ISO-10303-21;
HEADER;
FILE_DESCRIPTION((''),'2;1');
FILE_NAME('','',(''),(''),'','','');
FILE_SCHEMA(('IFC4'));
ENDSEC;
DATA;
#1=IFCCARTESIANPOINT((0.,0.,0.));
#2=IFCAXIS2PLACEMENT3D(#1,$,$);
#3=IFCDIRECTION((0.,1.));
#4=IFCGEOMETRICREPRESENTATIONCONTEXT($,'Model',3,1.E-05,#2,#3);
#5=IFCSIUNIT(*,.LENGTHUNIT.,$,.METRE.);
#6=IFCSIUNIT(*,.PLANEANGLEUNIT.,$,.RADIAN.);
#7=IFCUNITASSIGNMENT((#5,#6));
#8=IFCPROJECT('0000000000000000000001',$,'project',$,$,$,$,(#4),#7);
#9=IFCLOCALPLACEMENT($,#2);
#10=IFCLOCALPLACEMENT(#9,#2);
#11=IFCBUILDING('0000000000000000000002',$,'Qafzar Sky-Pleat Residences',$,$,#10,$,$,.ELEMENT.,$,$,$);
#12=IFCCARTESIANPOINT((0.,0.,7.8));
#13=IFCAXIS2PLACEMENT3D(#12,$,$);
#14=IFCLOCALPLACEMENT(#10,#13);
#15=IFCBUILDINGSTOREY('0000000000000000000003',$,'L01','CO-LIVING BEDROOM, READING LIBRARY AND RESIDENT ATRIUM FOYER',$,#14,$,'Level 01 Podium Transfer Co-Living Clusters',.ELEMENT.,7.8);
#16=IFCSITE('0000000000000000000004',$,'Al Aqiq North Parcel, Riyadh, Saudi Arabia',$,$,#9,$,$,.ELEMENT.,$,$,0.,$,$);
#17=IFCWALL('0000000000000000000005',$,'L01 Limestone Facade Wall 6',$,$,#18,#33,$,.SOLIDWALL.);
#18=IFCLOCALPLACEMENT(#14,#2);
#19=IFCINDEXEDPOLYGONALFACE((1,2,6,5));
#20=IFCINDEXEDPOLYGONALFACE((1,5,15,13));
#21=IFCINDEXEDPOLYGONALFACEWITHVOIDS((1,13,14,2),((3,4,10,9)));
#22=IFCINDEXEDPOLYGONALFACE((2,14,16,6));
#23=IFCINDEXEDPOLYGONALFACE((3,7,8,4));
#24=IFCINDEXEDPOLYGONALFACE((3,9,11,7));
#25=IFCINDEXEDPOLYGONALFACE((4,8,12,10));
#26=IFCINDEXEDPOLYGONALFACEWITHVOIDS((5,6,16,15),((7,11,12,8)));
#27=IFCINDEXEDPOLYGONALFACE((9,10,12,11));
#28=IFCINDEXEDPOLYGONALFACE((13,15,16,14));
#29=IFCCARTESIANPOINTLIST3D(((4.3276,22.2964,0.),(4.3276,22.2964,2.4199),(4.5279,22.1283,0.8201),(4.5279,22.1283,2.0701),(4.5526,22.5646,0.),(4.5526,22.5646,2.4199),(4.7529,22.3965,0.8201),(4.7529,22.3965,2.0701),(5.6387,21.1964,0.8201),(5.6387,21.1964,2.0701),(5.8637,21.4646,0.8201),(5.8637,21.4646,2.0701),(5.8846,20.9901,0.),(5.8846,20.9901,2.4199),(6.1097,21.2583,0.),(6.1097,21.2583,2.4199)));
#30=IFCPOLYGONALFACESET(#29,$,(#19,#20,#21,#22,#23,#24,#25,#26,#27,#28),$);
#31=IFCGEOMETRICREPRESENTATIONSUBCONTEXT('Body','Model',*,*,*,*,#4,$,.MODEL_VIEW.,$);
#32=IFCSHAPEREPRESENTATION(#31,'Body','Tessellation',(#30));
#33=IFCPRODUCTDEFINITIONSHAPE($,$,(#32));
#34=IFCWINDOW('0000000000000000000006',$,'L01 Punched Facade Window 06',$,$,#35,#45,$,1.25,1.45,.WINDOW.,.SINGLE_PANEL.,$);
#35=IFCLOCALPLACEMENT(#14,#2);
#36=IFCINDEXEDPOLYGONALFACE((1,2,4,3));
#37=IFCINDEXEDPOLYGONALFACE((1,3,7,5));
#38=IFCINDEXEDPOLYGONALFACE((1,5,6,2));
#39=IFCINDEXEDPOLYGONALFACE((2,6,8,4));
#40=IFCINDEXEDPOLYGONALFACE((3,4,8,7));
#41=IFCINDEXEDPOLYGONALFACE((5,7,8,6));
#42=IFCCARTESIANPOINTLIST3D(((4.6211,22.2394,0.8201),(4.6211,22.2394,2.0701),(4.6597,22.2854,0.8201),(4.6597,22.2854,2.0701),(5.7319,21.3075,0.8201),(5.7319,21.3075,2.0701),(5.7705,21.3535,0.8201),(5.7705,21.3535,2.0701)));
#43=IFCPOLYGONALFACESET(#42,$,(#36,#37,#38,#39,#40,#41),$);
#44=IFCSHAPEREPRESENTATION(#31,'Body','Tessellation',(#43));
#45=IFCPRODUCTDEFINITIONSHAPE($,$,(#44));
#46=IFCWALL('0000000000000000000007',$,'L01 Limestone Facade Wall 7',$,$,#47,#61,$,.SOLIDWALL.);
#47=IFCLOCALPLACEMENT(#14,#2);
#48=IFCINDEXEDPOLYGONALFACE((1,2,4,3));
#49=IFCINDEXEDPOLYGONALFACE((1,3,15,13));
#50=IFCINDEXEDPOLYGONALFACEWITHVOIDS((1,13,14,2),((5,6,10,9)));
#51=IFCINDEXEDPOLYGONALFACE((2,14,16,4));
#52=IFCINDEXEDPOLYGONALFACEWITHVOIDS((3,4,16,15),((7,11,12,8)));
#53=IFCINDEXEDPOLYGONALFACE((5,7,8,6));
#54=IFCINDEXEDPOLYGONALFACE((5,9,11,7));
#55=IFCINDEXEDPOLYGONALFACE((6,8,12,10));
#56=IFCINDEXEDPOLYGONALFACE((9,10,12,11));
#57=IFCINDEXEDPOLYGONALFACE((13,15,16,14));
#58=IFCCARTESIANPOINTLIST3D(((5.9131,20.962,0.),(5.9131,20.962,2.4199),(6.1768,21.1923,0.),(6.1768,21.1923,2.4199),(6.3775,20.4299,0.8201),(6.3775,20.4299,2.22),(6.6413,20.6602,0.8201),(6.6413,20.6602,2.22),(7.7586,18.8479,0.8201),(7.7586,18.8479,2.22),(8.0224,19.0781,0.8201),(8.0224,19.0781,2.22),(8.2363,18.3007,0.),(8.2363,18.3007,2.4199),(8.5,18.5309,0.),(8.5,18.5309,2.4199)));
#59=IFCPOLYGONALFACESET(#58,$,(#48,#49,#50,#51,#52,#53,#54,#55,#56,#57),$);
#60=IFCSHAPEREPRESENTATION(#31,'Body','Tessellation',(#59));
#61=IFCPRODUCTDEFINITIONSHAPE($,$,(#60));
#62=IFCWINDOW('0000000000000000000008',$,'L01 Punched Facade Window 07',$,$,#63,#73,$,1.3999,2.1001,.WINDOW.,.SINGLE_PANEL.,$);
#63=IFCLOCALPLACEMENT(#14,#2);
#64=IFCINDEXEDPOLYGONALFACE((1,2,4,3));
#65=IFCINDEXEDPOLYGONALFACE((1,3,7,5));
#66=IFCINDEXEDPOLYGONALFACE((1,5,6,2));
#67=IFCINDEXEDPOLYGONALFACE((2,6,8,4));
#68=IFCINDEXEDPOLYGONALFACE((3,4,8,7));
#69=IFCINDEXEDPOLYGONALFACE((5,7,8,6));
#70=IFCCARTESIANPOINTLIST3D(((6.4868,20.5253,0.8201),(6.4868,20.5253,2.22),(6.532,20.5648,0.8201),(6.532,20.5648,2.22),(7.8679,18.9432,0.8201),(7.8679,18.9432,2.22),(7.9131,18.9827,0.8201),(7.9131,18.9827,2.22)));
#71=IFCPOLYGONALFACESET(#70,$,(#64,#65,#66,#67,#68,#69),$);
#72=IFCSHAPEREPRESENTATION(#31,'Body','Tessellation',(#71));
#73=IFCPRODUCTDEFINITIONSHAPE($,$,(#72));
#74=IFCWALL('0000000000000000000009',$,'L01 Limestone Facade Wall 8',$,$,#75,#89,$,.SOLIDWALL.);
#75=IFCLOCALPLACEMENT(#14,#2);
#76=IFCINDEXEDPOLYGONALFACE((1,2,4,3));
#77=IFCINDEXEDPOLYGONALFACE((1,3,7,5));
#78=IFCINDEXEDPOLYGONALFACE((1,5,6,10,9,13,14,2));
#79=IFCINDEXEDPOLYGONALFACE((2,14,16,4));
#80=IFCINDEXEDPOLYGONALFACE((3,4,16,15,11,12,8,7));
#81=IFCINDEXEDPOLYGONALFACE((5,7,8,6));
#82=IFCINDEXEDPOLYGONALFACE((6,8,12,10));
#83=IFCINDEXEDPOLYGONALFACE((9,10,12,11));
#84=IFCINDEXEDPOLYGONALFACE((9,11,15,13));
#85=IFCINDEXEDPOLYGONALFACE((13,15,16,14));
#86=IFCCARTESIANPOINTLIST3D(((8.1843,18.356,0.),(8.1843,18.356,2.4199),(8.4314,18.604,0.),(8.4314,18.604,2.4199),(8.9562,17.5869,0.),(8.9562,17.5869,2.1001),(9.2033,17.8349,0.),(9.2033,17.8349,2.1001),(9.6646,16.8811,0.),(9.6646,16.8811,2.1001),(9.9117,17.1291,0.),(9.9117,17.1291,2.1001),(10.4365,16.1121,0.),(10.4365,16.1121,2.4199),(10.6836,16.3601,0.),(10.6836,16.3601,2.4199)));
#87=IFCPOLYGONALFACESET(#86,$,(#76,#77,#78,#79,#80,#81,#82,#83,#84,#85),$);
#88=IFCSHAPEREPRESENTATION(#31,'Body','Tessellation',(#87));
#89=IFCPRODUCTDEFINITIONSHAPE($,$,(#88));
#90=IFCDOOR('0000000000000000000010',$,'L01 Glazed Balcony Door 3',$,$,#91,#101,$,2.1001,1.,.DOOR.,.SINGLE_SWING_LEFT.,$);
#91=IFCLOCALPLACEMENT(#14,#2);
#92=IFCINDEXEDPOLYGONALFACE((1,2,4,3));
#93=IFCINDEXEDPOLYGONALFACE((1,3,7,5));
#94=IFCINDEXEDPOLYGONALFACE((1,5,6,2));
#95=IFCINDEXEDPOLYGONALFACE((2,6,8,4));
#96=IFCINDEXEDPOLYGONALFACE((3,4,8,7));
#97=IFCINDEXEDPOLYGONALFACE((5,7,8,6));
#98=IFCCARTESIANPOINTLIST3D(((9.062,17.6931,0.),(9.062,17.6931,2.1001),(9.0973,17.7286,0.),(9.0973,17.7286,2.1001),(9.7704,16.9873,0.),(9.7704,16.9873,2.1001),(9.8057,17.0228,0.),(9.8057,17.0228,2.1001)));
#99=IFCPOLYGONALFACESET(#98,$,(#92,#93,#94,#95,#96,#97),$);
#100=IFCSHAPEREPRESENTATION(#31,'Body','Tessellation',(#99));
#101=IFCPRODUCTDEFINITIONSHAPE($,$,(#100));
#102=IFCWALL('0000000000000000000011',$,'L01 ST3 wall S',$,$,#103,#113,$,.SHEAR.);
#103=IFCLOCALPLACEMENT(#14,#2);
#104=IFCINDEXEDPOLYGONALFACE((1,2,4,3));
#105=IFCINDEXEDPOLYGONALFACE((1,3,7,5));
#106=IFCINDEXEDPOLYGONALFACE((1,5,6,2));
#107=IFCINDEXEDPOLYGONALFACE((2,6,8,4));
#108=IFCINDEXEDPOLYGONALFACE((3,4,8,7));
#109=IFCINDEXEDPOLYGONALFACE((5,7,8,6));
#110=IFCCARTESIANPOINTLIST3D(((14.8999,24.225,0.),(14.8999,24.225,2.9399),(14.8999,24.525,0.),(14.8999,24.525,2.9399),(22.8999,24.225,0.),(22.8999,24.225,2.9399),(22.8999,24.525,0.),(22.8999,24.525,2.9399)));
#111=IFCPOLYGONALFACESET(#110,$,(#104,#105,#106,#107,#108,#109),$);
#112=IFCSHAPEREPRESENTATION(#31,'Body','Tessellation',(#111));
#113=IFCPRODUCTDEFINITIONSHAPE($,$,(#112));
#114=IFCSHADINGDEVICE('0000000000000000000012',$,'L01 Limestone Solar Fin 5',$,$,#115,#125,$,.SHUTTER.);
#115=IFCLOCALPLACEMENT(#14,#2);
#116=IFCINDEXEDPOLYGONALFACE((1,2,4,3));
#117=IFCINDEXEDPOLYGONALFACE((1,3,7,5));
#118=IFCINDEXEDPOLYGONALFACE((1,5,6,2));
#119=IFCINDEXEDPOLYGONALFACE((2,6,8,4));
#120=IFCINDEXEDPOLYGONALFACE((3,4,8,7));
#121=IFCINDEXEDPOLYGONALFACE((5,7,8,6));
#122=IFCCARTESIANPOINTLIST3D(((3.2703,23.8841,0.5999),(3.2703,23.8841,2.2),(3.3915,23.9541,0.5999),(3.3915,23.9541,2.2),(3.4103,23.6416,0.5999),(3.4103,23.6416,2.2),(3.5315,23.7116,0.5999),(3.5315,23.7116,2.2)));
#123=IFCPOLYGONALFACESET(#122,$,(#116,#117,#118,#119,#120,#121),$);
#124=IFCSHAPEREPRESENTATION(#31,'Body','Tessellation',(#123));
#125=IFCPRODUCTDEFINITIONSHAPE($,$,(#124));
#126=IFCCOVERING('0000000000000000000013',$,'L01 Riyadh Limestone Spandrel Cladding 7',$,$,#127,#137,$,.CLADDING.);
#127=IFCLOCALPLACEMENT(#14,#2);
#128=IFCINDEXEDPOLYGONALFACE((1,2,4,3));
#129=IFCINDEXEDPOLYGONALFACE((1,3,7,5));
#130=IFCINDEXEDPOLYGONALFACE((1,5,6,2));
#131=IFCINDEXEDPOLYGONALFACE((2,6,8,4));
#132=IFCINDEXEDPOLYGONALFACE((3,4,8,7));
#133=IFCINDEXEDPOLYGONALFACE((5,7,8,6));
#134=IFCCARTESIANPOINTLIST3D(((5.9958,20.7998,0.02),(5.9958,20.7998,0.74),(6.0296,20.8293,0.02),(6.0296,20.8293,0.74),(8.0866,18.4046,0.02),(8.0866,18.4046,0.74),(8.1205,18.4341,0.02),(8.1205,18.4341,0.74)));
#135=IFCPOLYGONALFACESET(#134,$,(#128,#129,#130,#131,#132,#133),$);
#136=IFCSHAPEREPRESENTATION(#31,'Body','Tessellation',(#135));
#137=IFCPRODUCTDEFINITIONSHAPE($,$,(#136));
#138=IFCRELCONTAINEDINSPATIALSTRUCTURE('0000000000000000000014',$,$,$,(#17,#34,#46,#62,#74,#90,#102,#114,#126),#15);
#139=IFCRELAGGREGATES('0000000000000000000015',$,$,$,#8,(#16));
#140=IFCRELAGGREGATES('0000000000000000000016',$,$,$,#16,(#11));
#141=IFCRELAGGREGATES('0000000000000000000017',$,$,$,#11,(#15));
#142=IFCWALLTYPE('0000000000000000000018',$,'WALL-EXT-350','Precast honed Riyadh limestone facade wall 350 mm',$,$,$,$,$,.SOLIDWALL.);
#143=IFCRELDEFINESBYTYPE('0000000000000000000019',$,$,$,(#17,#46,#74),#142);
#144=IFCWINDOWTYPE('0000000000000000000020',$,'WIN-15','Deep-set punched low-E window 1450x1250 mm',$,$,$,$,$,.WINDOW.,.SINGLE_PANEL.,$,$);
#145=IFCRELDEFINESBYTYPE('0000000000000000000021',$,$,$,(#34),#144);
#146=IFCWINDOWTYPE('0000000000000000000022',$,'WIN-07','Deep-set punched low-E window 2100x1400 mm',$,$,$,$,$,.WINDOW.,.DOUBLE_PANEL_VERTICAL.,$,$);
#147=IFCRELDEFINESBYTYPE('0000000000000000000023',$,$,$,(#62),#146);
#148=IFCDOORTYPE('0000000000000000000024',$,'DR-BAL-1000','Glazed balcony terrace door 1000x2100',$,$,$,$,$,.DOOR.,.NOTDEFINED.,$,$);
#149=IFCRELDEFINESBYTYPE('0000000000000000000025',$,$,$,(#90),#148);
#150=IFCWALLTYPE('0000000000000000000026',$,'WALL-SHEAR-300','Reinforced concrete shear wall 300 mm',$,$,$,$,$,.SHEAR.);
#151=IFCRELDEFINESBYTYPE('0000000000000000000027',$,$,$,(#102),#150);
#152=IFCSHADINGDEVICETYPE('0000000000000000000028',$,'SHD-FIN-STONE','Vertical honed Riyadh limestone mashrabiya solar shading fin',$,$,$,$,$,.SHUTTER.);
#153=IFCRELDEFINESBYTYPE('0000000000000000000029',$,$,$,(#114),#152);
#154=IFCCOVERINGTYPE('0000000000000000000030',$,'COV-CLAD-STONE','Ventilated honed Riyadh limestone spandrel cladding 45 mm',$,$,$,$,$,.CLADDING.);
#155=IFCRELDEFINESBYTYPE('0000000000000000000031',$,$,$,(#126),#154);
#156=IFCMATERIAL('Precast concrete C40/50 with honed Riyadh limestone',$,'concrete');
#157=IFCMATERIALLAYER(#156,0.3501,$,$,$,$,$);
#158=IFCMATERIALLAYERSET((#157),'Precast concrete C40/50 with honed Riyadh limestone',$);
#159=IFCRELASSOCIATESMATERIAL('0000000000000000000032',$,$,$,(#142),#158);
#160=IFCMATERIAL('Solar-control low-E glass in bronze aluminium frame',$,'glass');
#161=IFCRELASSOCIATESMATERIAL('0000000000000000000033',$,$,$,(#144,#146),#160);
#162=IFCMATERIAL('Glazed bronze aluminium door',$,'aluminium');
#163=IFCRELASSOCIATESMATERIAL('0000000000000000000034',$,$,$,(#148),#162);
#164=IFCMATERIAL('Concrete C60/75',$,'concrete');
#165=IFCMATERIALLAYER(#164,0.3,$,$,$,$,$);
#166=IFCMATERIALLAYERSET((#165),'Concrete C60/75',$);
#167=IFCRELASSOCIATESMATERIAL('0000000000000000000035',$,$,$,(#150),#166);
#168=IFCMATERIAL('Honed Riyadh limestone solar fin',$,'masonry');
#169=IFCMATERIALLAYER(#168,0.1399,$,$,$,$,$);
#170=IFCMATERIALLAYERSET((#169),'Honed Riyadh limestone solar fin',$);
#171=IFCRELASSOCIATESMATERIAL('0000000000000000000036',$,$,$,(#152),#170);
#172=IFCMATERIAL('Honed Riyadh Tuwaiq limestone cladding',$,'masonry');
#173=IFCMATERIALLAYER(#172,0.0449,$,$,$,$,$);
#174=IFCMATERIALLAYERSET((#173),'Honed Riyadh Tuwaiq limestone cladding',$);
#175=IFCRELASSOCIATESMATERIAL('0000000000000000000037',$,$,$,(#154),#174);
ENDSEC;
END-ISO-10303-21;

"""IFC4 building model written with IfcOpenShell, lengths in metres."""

from ifc_helpers import new_model, si_unit, direction, frame, frame_2d, origin, origin_2d, place, context, subcontext, project, spatial, rectangle, extrude, source, transform, mapped, material, layer, layer_set, type_object, element, fill, save


model = new_model("IFC4")

# Units and contexts
model_context = context("Model", 3, precision=1e-05, world=origin(), true_north=direction((0.0, 1.0)))
body_context = subcontext(model_context, "Body", "Model", "MODEL_VIEW")
ifc_project = project(units=[si_unit("LENGTHUNIT", "METRE"), si_unit("PLANEANGLEUNIT", "RADIAN")], contexts=[model_context])

# Site, building, storey
site_placement = place(None, origin())
site = spatial("IfcSite", under=ifc_project, at=site_placement, Name="Al Aqiq North Parcel, Riyadh, Saudi Arabia", CompositionType="ELEMENT", RefElevation=0.0)
building_placement = place(site_placement, origin())
building = spatial("IfcBuilding", under=site, at=building_placement, Name="Qafzar Sky-Pleat Residences", CompositionType="ELEMENT")
storey_placement = place(building_placement, frame((0.0, 0.0, 7.8)))
storey = spatial("IfcBuildingStorey", under=building, at=storey_placement, Name="L01", Description="CO-LIVING BEDROOM, READING LIBRARY AND RESIDENT ATRIUM FOYER", LongName="Level 01 Podium Transfer Co-Living Clusters", CompositionType="ELEMENT", Elevation=7.8)

# Shared definitions
ifc_material_1 = material(Name="Concrete C60/75", Category="concrete")

# Walls, openings, windows
ifc_material_2 = material(Name="Precast concrete C40/50 with honed Riyadh limestone", Category="concrete")
ifc_layer_1 = layer(ifc_material_2, 0.3501)
ifc_layer_set_1 = layer_set([ifc_layer_1], Name="Precast concrete C40/50 with honed Riyadh limestone")
wall_type_1 = type_object("IfcWallType", Name="WALL-EXT-350", Description="Precast honed Riyadh limestone facade wall 350 mm", PredefinedType="SOLIDWALL", material=ifc_layer_set_1)
ifc_material_3 = material(Name="Solar-control low-E glass in bronze aluminium frame", Category="glass")
wall_1_placement = place(storey_placement, frame((4.4402, 22.4304, 0.0), z_axis=(0.0, 0.0, 1.0), x_axis=(0.76609, -0.642733, 0.0)))
wall_1 = element("IfcWall", 1, at=wall_1_placement, inside=storey, type_object=wall_type_1, Name="L01 Limestone Facade Wall 6", PredefinedType="SOLIDWALL", context=body_context, shape_type="SweptSolid", body=[
    extrude(rectangle(XDim=2.0325, YDim=0.3501, at=frame_2d((1.0161, 0.0))), origin(), (0.0, 0.0, 1.0), 2.4199),
])
opening_1_placement = place(wall_1_placement, frame((0.2612, 0.0, 0.8201)))
opening_1 = element("IfcOpeningElement", 2, at=opening_1_placement, cuts=wall_1, PredefinedType="OPENING", context=body_context, shape_type="SweptSolid", body=[
    extrude(rectangle(XDim=1.45, YDim=1.25, at=frame_2d((0.7251, 0.625))), frame((0.0, 0.1851, 0.0), z_axis=(0.0, -1.0, 0.0), x_axis=(1.0, 0.0, 0.0)), (0.0, 0.0, 1.0), 0.3701),
])
window_type_1 = type_object("IfcWindowType", Name="WIN-15", Description="Deep-set punched low-E window 1450x1250 mm", PartitioningType="SINGLE_PANEL", PredefinedType="WINDOW", material=ifc_material_3)
shared_shape_1 = source(origin(), body_context, "Body", "SweptSolid", [
    extrude(rectangle(XDim=1.45, YDim=1.25, at=frame_2d((0.7251, 0.625))), frame((0.0, 0.03, 0.0), z_axis=(0.0, -1.0, 0.0), x_axis=(1.0, 0.0, 0.0)), (0.0, 0.0, 1.0), 0.0601),
])
window_1_placement = place(opening_1_placement, origin())
window_1 = element("IfcWindow", 3, at=window_1_placement, inside=storey, type_object=window_type_1, Name="L01 Punched Facade Window 06", OverallHeight=1.25, OverallWidth=1.45, PartitioningType="SINGLE_PANEL", PredefinedType="WINDOW", context=body_context, shape_type="MappedRepresentation", body=[
    mapped(shared_shape_1, transform((0.0, 0.0, 0.0), x_axis=(1.0, 0.0, 0.0), y_axis=(0.0, 1.0, 0.0), z_axis=(0.0, 0.0, 1.0), scale=1.0)),
])
fill(opening_1, window_1)
wall_2_placement = place(storey_placement, frame((6.0449, 21.0771, 0.0), z_axis=(0.0, 0.0, 1.0), x_axis=(0.657628, -0.753342, 0.0)))
wall_2 = element("IfcWall", 4, at=wall_2_placement, inside=storey, type_object=wall_type_1, Name="L01 Limestone Facade Wall 7", PredefinedType="SOLIDWALL", context=body_context, shape_type="SweptSolid", body=[
    extrude(rectangle(XDim=3.5327, YDim=0.3501, at=frame_2d((1.7664, 0.0))), origin(), (0.0, 0.0, 1.0), 2.4199),
])
opening_2_placement = place(wall_2_placement, frame((0.7063, 0.0, 0.8201)))
opening_2 = element("IfcOpeningElement", 5, at=opening_2_placement, cuts=wall_2, PredefinedType="OPENING", context=body_context, shape_type="SweptSolid", body=[
    extrude(rectangle(XDim=2.1001, YDim=1.3999, at=frame_2d((1.05, 0.7))), frame((0.0, 0.1851, 0.0), z_axis=(0.0, -1.0, 0.0), x_axis=(1.0, 0.0, 0.0)), (0.0, 0.0, 1.0), 0.3701),
])
window_type_2 = type_object("IfcWindowType", Name="WIN-07", Description="Deep-set punched low-E window 2100x1400 mm", PartitioningType="DOUBLE_PANEL_VERTICAL", PredefinedType="WINDOW", material=ifc_material_3)
shared_shape_2 = source(origin(), body_context, "Body", "SweptSolid", [
    extrude(rectangle(XDim=2.1001, YDim=1.3999, at=frame_2d((1.05, 0.7))), frame((0.0, 0.03, 0.0), z_axis=(0.0, -1.0, 0.0), x_axis=(1.0, 0.0, 0.0)), (0.0, 0.0, 1.0), 0.0601),
])
window_2_placement = place(opening_2_placement, origin())
window_2 = element("IfcWindow", 6, at=window_2_placement, inside=storey, type_object=window_type_2, Name="L01 Punched Facade Window 07", OverallHeight=1.3999, OverallWidth=2.1001, PartitioningType="SINGLE_PANEL", PredefinedType="WINDOW", context=body_context, shape_type="MappedRepresentation", body=[
    mapped(shared_shape_2, transform((0.0, 0.0, 0.0), x_axis=(1.0, 0.0, 0.0), y_axis=(0.0, 1.0, 0.0), z_axis=(0.0, 0.0, 1.0), scale=1.0)),
])
fill(opening_2, window_2)

# Wall, opening, door
wall_3_placement = place(storey_placement, frame((8.3079, 18.48, 0.0), z_axis=(0.0, 0.0, 1.0), x_axis=(0.708411, -0.7058, 0.0)))
wall_3 = element("IfcWall", 7, at=wall_3_placement, inside=storey, type_object=wall_type_1, Name="L01 Limestone Facade Wall 8", PredefinedType="SOLIDWALL", context=body_context, shape_type="SweptSolid", body=[
    extrude(rectangle(XDim=3.1792, YDim=0.3501, at=frame_2d((1.5896, 0.0))), origin(), (0.0, 0.0, 1.0), 2.4199),
])
opening_3_placement = place(wall_3_placement, frame((1.0896, 0.0, 0.0)))
opening_3 = element("IfcOpeningElement", 8, at=opening_3_placement, cuts=wall_3, PredefinedType="OPENING", context=body_context, shape_type="SweptSolid", body=[
    extrude(rectangle(XDim=1.0, YDim=2.1001, at=frame_2d((0.5, 1.05))), frame((0.0, 0.1851, 0.0), z_axis=(0.0, -1.0, 0.0), x_axis=(1.0, 0.0, 0.0)), (0.0, 0.0, 1.0), 0.3701),
])
ifc_material_4 = material(Name="Glazed bronze aluminium door", Category="aluminium")
door_type = type_object("IfcDoorType", Name="DR-BAL-1000", Description="Glazed balcony terrace door 1000x2100", OperationType="NOTDEFINED", PredefinedType="DOOR", material=ifc_material_4)
shared_shape_3 = source(origin(), body_context, "Body", "SweptSolid", [
    extrude(rectangle(XDim=1.0, YDim=2.1001, at=frame_2d((0.5, 1.05))), frame((0.0, 0.0249, 0.0), z_axis=(0.0, -1.0, 0.0), x_axis=(1.0, 0.0, 0.0)), (0.0, 0.0, 1.0), 0.05),
])
door_placement = place(opening_3_placement, origin())
door = element("IfcDoor", 9, at=door_placement, inside=storey, type_object=door_type, Name="L01 Glazed Balcony Door 3", OperationType="SINGLE_SWING_LEFT", OverallHeight=2.1001, OverallWidth=1.0, PredefinedType="DOOR", context=body_context, shape_type="MappedRepresentation", body=[
    mapped(shared_shape_3, transform((0.0, 0.0, 0.0), x_axis=(1.0, 0.0, 0.0), y_axis=(0.0, 1.0, 0.0), z_axis=(0.0, 0.0, 1.0), scale=1.0)),
])
fill(opening_3, door)

# Wall
ifc_layer_2 = layer(ifc_material_1, 0.3)
ifc_layer_set_2 = layer_set([ifc_layer_2], Name="Concrete C60/75")
wall_type_2 = type_object("IfcWallType", Name="WALL-SHEAR-300", Description="Reinforced concrete shear wall 300 mm", PredefinedType="SHEAR", material=ifc_layer_set_2)
wall_4_placement = place(storey_placement, frame((14.8999, 24.375, 0.0), z_axis=(0.0, 0.0, 1.0), x_axis=(1.0, 0.0, 0.0)))
element("IfcWall", 10, at=wall_4_placement, inside=storey, type_object=wall_type_2, Name="L01 ST3 wall S", PredefinedType="SHEAR", context=body_context, shape_type="SweptSolid", body=[
    extrude(rectangle(XDim=8.0, YDim=0.3, at=frame_2d((4.0, 0.0))), origin(), (0.0, 0.0, 1.0), 2.9399),
])

# Shading device
ifc_material_5 = material(Name="Honed Riyadh limestone solar fin", Category="masonry")
ifc_layer_3 = layer(ifc_material_5, 0.1399)
ifc_layer_set_3 = layer_set([ifc_layer_3], Name="Honed Riyadh limestone solar fin")
shading_device_type = type_object("IfcShadingDeviceType", Name="SHD-FIN-STONE", Description="Vertical honed Riyadh limestone mashrabiya solar shading fin", PredefinedType="SHUTTER", material=ifc_layer_set_3)
shared_shape_4 = source(origin(), body_context, "Body", "SweptSolid", [
    extrude(rectangle(XDim=0.1399, YDim=0.28, at=origin_2d()), origin(), (0.0, 0.0, 1.0), 1.6001),
])
shading_device_placement = place(storey_placement, frame((3.4009, 23.7979, 0.5999), z_axis=(0.0, 0.0, 1.0), x_axis=(-0.866044, -0.499967, 0.0)))
element("IfcShadingDevice", 11, at=shading_device_placement, inside=storey, type_object=shading_device_type, Name="L01 Limestone Solar Fin 5", PredefinedType="SHUTTER", context=body_context, shape_type="MappedRepresentation", body=[
    mapped(shared_shape_4, transform((0.0, 0.0, 0.0), x_axis=(1.0, 0.0, 0.0), y_axis=(0.0, 1.0, 0.0), z_axis=(0.0, 0.0, 1.0), scale=1.0)),
])

# Covering
ifc_material_6 = material(Name="Honed Riyadh Tuwaiq limestone cladding", Category="masonry")
ifc_layer_4 = layer(ifc_material_6, 0.0449)
ifc_layer_set_4 = layer_set([ifc_layer_4], Name="Honed Riyadh Tuwaiq limestone cladding")
covering_type = type_object("IfcCoveringType", Name="COV-CLAD-STONE", Description="Ventilated honed Riyadh limestone spandrel cladding 45 mm", PredefinedType="CLADDING", material=ifc_layer_set_4)
shared_shape_5 = source(origin(), body_context, "Body", "SweptSolid", [
    extrude(rectangle(XDim=3.1794, YDim=0.0449, at=origin_2d()), origin(), (0.0, 0.0, 1.0), 0.72),
])
covering_placement = place(storey_placement, frame((7.0581, 19.6169, 0.02), z_axis=(0.0, 0.0, 1.0), x_axis=(0.657616, -0.753353, 0.0)))
element("IfcCovering", 12, at=covering_placement, inside=storey, type_object=covering_type, Name="L01 Riyadh Limestone Spandrel Cladding 7", PredefinedType="CLADDING", context=body_context, shape_type="MappedRepresentation", body=[
    mapped(shared_shape_5, transform((0.0, 0.0, 0.0), x_axis=(1.0, 0.0, 0.0), y_axis=(0.0, 1.0, 0.0), z_axis=(0.0, 0.0, 1.0), scale=1.0)),
])

save(model, "model.ifc")
